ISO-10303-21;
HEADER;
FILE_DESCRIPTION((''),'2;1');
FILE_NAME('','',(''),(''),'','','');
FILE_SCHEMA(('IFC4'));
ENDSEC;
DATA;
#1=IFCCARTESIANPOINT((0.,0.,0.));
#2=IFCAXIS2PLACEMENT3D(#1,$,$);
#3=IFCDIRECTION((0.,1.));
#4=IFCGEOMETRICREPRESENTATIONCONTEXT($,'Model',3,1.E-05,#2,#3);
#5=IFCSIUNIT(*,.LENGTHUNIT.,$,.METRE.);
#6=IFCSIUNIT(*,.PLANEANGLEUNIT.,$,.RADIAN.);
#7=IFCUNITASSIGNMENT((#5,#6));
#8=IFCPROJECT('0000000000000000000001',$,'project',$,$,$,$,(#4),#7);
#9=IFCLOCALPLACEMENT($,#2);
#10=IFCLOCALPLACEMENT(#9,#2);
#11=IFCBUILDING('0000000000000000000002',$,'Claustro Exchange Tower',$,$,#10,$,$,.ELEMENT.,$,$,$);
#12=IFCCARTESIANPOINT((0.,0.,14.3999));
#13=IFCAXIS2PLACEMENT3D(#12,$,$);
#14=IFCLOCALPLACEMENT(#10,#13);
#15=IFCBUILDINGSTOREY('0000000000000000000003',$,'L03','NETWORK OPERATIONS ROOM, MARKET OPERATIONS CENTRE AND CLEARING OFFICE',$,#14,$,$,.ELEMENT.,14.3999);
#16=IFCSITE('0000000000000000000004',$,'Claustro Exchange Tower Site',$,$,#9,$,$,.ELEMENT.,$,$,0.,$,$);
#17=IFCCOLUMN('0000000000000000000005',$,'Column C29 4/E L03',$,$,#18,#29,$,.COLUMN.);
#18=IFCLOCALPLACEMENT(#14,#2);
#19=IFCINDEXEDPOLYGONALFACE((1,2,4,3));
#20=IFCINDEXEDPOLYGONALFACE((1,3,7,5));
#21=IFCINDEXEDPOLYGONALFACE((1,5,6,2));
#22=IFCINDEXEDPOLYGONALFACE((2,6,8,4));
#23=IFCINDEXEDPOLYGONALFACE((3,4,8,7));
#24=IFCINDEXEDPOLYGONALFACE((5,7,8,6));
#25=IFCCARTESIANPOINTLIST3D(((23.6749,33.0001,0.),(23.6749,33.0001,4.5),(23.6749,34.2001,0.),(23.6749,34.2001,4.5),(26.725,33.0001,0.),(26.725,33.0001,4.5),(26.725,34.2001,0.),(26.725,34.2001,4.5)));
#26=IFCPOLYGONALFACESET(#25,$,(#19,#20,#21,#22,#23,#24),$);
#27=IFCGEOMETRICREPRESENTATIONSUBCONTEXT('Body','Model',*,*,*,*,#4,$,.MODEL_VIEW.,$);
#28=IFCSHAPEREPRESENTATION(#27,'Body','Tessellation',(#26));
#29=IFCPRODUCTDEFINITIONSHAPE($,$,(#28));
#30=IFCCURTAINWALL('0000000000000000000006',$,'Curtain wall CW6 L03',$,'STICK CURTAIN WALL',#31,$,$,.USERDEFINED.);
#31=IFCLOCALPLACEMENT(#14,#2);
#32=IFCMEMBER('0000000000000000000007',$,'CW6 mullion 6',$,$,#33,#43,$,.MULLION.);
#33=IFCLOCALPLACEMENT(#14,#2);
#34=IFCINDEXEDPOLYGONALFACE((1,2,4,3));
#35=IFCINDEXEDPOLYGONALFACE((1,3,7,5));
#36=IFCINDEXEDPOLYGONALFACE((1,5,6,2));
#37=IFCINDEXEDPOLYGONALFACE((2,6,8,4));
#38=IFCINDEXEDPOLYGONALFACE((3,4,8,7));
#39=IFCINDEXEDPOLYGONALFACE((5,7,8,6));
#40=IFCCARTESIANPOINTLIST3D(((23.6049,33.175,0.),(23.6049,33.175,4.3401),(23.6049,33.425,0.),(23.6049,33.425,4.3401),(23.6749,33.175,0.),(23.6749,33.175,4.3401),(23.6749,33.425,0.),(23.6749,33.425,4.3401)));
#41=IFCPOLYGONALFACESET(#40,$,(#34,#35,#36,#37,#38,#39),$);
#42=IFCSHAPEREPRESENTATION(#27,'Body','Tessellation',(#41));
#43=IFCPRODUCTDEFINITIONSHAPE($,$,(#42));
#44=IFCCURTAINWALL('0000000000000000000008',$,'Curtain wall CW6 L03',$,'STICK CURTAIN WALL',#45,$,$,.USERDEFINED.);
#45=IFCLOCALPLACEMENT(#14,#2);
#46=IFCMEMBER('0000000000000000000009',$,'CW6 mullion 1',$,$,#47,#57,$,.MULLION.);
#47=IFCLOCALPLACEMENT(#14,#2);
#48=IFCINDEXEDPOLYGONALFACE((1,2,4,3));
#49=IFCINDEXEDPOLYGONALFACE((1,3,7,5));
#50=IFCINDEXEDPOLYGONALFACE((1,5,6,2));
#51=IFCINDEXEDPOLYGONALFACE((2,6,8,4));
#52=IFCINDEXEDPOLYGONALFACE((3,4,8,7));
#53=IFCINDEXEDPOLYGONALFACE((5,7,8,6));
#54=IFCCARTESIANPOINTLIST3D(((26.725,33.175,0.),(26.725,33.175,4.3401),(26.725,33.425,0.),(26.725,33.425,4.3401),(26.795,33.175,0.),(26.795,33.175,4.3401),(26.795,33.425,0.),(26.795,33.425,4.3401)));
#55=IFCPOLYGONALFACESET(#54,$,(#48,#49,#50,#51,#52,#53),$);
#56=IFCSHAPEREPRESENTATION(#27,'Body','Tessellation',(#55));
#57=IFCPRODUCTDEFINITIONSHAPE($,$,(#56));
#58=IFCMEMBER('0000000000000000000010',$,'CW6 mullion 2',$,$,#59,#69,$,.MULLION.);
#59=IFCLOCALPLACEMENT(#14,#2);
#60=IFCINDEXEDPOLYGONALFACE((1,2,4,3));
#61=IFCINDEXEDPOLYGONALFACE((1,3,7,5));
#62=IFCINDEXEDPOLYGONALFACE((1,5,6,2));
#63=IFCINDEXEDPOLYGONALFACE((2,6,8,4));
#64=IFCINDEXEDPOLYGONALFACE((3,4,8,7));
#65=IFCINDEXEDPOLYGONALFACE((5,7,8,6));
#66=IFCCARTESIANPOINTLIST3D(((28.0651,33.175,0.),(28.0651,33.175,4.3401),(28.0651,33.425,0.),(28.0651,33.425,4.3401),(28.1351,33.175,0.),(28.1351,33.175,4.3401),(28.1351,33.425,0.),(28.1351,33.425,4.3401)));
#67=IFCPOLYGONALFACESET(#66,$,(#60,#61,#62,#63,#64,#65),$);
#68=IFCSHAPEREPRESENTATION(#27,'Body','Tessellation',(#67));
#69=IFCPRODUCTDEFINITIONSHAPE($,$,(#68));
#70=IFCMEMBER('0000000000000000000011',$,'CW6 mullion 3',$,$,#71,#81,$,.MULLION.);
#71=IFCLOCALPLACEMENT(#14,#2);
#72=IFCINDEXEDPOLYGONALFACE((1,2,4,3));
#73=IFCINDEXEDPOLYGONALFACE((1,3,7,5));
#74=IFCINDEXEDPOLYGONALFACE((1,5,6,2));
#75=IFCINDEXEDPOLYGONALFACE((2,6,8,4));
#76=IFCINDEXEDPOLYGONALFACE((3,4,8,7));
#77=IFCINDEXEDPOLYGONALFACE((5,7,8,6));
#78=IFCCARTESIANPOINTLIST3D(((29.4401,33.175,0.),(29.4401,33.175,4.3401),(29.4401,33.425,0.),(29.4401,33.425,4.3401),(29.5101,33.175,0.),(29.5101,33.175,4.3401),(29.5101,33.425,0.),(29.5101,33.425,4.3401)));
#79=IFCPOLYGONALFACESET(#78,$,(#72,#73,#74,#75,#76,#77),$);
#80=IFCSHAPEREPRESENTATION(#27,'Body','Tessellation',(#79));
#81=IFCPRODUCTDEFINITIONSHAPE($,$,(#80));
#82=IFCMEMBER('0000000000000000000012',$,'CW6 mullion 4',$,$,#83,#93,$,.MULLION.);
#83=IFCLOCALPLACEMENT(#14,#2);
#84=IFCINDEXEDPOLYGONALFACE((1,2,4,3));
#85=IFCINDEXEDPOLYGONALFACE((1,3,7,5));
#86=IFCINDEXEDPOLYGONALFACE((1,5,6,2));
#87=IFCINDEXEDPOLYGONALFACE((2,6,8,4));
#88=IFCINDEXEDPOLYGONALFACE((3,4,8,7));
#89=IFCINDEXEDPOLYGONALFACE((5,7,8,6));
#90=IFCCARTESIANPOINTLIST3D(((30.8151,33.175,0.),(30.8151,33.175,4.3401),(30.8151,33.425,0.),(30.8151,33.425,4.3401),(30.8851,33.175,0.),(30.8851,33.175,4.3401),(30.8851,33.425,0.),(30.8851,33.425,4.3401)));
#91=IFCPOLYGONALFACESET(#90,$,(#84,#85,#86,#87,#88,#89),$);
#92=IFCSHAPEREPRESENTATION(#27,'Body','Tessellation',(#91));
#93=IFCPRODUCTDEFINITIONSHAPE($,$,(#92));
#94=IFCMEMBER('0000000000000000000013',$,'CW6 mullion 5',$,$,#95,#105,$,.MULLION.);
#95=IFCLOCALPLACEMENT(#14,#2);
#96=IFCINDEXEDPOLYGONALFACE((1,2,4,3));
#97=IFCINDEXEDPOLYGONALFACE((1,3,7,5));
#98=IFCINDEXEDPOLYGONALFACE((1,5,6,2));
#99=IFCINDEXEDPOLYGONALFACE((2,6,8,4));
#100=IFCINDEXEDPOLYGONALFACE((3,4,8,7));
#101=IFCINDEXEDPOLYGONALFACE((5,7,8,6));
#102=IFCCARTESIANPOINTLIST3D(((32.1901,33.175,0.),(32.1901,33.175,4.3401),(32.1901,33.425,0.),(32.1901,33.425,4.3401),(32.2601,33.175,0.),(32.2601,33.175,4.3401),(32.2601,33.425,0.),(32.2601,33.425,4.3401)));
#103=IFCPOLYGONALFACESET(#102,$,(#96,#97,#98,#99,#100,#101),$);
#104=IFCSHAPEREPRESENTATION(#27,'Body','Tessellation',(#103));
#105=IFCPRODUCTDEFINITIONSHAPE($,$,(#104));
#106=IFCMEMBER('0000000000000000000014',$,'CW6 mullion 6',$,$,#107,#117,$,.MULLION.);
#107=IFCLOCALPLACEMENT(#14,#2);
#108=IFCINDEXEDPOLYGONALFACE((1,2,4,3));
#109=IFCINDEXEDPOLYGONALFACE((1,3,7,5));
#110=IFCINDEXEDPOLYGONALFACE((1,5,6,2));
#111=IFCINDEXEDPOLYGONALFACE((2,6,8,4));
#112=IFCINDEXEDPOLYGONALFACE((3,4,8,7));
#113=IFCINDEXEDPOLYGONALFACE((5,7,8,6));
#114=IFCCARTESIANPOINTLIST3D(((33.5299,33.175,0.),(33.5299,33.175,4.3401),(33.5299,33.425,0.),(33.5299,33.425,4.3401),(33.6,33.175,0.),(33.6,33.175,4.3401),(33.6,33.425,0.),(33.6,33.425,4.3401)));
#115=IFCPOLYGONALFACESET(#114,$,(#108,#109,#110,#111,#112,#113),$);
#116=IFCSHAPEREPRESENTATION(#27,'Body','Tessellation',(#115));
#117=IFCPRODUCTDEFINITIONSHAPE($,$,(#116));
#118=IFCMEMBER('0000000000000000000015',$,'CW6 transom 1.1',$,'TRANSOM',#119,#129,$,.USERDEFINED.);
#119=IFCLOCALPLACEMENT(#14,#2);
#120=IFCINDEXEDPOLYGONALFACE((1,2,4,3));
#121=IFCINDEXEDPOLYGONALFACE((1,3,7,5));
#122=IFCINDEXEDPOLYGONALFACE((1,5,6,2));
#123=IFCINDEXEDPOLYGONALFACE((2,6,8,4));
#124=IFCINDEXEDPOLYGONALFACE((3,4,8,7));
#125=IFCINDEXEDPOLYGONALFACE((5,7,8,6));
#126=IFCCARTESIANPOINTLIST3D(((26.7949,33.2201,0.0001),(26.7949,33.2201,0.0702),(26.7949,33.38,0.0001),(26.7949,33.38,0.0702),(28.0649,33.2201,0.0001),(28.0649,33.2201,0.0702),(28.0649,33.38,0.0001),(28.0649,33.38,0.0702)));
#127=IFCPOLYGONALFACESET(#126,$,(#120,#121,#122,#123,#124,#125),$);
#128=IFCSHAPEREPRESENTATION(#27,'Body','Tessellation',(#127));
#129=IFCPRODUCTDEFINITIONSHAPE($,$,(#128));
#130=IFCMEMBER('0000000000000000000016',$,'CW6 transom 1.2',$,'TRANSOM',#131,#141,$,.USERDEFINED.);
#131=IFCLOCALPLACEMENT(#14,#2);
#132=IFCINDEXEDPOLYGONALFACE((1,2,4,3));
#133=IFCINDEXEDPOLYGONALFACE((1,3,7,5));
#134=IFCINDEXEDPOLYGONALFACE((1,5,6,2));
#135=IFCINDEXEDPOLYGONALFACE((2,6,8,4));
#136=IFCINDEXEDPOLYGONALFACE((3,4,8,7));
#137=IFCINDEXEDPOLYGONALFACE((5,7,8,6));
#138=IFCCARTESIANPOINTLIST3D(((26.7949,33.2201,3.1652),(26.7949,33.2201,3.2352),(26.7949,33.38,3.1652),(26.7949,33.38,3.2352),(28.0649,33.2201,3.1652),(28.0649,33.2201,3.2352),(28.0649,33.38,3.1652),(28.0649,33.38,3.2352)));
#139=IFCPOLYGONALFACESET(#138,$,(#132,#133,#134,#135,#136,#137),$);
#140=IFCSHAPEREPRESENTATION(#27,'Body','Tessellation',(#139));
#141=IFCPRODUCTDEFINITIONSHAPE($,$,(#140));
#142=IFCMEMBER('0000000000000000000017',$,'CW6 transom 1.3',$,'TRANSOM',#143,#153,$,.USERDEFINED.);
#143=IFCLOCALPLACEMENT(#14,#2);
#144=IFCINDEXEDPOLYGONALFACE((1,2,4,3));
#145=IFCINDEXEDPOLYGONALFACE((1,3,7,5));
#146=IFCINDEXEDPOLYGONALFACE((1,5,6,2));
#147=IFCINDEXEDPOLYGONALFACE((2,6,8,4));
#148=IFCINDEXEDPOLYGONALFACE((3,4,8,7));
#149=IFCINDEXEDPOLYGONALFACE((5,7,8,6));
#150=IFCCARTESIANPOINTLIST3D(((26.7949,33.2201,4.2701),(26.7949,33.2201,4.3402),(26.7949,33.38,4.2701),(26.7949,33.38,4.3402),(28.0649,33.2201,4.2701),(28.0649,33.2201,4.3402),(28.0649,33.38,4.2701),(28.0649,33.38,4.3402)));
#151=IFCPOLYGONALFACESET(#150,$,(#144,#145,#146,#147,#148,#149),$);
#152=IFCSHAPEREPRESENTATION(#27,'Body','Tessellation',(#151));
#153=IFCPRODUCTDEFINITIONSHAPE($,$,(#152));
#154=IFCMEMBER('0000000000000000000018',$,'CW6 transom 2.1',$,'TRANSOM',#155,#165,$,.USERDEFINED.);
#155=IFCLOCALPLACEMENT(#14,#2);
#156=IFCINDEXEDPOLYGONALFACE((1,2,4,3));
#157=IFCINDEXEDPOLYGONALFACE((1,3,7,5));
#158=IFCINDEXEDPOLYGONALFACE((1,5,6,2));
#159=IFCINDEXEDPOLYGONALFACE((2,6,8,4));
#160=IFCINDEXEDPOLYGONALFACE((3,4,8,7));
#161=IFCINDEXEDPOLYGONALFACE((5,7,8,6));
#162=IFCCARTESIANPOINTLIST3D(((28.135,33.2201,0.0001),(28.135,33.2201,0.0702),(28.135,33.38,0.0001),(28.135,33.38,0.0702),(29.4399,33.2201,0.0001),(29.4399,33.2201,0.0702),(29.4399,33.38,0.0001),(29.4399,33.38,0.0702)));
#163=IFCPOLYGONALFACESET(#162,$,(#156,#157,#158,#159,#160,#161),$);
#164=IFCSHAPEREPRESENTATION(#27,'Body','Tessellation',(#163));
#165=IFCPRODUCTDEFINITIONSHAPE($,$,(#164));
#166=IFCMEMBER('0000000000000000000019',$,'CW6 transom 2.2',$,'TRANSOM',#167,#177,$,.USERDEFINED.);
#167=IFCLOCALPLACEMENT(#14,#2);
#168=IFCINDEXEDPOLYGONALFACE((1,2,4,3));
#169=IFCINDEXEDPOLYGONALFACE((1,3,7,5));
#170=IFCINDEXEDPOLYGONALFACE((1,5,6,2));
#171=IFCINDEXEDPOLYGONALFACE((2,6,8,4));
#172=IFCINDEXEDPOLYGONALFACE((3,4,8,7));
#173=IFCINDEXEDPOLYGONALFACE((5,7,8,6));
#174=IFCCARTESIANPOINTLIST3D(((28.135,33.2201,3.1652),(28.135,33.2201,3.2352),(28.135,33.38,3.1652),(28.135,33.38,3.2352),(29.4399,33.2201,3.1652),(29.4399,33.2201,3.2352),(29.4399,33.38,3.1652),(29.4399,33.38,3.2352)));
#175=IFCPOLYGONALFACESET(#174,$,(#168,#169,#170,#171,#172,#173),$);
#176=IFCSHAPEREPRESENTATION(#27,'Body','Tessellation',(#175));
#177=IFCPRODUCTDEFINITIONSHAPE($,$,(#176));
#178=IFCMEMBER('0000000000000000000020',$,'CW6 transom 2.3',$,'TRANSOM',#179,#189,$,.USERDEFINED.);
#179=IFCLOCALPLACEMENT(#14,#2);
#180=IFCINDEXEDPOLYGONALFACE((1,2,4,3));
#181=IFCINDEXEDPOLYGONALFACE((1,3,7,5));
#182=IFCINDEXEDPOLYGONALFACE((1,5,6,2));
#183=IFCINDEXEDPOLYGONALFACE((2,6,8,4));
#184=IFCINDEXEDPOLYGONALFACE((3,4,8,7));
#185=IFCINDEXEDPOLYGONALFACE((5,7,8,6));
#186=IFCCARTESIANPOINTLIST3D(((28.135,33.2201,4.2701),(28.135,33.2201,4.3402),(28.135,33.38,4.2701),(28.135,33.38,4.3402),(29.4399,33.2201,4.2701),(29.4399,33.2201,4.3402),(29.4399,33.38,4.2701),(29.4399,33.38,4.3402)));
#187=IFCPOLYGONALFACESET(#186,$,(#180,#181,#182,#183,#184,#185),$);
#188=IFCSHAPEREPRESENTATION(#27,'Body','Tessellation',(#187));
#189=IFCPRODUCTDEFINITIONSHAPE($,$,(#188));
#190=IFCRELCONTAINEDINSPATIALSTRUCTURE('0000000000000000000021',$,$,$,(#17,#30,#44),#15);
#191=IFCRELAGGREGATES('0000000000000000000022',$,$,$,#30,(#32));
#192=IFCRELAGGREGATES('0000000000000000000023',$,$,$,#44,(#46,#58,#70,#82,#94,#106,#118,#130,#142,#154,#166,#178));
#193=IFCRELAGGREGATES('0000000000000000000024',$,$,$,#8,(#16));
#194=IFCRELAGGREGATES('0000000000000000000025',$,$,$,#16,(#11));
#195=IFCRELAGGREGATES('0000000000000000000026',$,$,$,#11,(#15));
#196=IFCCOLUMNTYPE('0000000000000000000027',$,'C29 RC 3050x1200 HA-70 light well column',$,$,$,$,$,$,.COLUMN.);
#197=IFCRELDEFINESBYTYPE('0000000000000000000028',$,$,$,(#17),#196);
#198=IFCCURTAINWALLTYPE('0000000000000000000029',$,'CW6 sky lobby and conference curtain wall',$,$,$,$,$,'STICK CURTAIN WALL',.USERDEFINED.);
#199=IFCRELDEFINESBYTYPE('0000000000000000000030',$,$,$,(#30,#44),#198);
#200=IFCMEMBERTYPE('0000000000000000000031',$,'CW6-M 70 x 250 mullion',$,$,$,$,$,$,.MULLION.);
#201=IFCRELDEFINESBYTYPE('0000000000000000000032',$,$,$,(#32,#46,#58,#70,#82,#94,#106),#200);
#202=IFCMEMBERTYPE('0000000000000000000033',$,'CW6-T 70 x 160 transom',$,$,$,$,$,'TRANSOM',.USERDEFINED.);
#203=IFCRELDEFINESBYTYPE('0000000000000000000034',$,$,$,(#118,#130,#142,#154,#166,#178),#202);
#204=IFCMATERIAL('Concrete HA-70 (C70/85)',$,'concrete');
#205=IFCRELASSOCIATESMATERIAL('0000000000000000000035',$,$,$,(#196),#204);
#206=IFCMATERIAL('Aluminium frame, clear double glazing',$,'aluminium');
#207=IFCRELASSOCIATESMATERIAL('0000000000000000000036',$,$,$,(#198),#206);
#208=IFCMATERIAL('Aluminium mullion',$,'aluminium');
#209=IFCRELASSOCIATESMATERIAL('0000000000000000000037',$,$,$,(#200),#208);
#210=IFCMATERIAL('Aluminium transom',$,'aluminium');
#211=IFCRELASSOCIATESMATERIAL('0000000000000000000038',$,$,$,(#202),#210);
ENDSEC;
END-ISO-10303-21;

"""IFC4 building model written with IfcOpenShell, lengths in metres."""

from ifc_helpers import new_model, si_unit, direction, frame, origin, origin_2d, place, context, subcontext, project, spatial, rectangle, extrude, material, material_profile, profile_set, type_object, element, aggregate, save


model = new_model("IFC4")

# Units and contexts
model_context = context("Model", 3, precision=1e-05, world=origin(), true_north=direction((0.0, 1.0)))
body_context = subcontext(model_context, "Body", "Model", "MODEL_VIEW")
ifc_project = project(units=[si_unit("LENGTHUNIT", "METRE"), si_unit("PLANEANGLEUNIT", "RADIAN")], contexts=[model_context])

# Site, building, storey
site_placement = place(None, origin())
site = spatial("IfcSite", under=ifc_project, at=site_placement, Name="Claustro Exchange Tower Site", CompositionType="ELEMENT", RefElevation=0.0)
building_placement = place(site_placement, origin())
building = spatial("IfcBuilding", under=site, at=building_placement, Name="Claustro Exchange Tower", CompositionType="ELEMENT")
storey_placement = place(building_placement, frame((0.0, 0.0, 14.3999)))
storey = spatial("IfcBuildingStorey", under=building, at=storey_placement, Name="L03", Description="NETWORK OPERATIONS ROOM, MARKET OPERATIONS CENTRE AND CLEARING OFFICE", CompositionType="ELEMENT", Elevation=14.3999)

# Column
ifc_material_1 = material(Name="Concrete HA-70 (C70/85)", Category="concrete")
ifc_material_profile_1 = material_profile(ifc_material_1, rectangle(XDim=3.05, YDim=1.2, at=origin_2d()), Name="RC 3050x1200")
ifc_profile_set_1 = profile_set([ifc_material_profile_1], Name="Concrete HA-70 (C70/85)")
column_type = type_object("IfcColumnType", Name="C29 RC 3050x1200 HA-70 light well column", PredefinedType="COLUMN", material=ifc_profile_set_1)
column_placement = place(storey_placement, frame((25.2, 33.6001, 0.0), z_axis=(0.0, 0.0, 1.0), x_axis=(1.0, 0.0, 0.0)))
element("IfcColumn", 1, at=column_placement, inside=storey, type_object=column_type, Name="Column C29 4/E L03", PredefinedType="COLUMN", context=body_context, shape_type="SweptSolid", body=[
    extrude(rectangle(XDim=3.05, YDim=1.2, at=origin_2d()), origin(), (0.0, 0.0, 1.0), 4.5),
])

# Curtain wall, member
ifc_material_2 = material(Name="Aluminium frame, clear double glazing", Category="aluminium")
curtain_wall_type = type_object("IfcCurtainWallType", Name="CW6 sky lobby and conference curtain wall", ElementType="STICK CURTAIN WALL", PredefinedType="USERDEFINED", material=ifc_material_2)
curtain_wall_1_placement = place(storey_placement, origin())
curtain_wall_1 = element("IfcCurtainWall", 2, at=curtain_wall_1_placement, inside=storey, type_object=curtain_wall_type, Name="Curtain wall CW6 L03", ObjectType="STICK CURTAIN WALL", PredefinedType="USERDEFINED")
ifc_material_3 = material(Name="Aluminium mullion", Category="aluminium")
ifc_material_profile_2 = material_profile(ifc_material_3, rectangle(XDim=0.25, YDim=0.0701, at=origin_2d()), Name="CW6-M 70x250")
ifc_profile_set_2 = profile_set([ifc_material_profile_2], Name="Aluminium mullion")
member_type_1 = type_object("IfcMemberType", Name="CW6-M 70 x 250 mullion", PredefinedType="MULLION", material=ifc_profile_set_2)
member_1_placement = place(storey_placement, frame((23.6399, 33.3, 0.0), z_axis=(0.0, 0.0, 1.0), x_axis=(0.0, 1.0, 0.0)))
member_1 = element("IfcMember", 3, at=member_1_placement, type_object=member_type_1, Name="CW6 mullion 6", PredefinedType="MULLION", context=body_context, shape_type="SweptSolid", body=[
    extrude(rectangle(XDim=0.25, YDim=0.0701, at=origin_2d()), origin(), (0.0, 0.0, 1.0), 4.3401),
])

# Curtain wall, members
curtain_wall_2_placement = place(storey_placement, origin())
curtain_wall_2 = element("IfcCurtainWall", 4, at=curtain_wall_2_placement, inside=storey, type_object=curtain_wall_type, Name="Curtain wall CW6 L03", ObjectType="STICK CURTAIN WALL", PredefinedType="USERDEFINED")
member_2_placement = place(storey_placement, frame((26.76, 33.3, 0.0), z_axis=(0.0, 0.0, 1.0), x_axis=(0.0, 1.0, 0.0)))
member_2 = element("IfcMember", 5, at=member_2_placement, type_object=member_type_1, Name="CW6 mullion 1", PredefinedType="MULLION", context=body_context, shape_type="SweptSolid", body=[
    extrude(rectangle(XDim=0.25, YDim=0.0701, at=origin_2d()), origin(), (0.0, 0.0, 1.0), 4.3401),
])
member_3_placement = place(storey_placement, frame((28.1001, 33.3, 0.0), z_axis=(0.0, 0.0, 1.0), x_axis=(0.0, 1.0, 0.0)))
member_3 = element("IfcMember", 6, at=member_3_placement, type_object=member_type_1, Name="CW6 mullion 2", PredefinedType="MULLION", context=body_context, shape_type="SweptSolid", body=[
    extrude(rectangle(XDim=0.25, YDim=0.0701, at=origin_2d()), origin(), (0.0, 0.0, 1.0), 4.3401),
])
member_4_placement = place(storey_placement, frame((29.4751, 33.3, 0.0), z_axis=(0.0, 0.0, 1.0), x_axis=(0.0, 1.0, 0.0)))
member_4 = element("IfcMember", 7, at=member_4_placement, type_object=member_type_1, Name="CW6 mullion 3", PredefinedType="MULLION", context=body_context, shape_type="SweptSolid", body=[
    extrude(rectangle(XDim=0.25, YDim=0.0701, at=origin_2d()), origin(), (0.0, 0.0, 1.0), 4.3401),
])
member_5_placement = place(storey_placement, frame((30.8501, 33.3, 0.0), z_axis=(0.0, 0.0, 1.0), x_axis=(0.0, 1.0, 0.0)))
member_5 = element("IfcMember", 8, at=member_5_placement, type_object=member_type_1, Name="CW6 mullion 4", PredefinedType="MULLION", context=body_context, shape_type="SweptSolid", body=[
    extrude(rectangle(XDim=0.25, YDim=0.0701, at=origin_2d()), origin(), (0.0, 0.0, 1.0), 4.3401),
])
member_6_placement = place(storey_placement, frame((32.2251, 33.3, 0.0), z_axis=(0.0, 0.0, 1.0), x_axis=(0.0, 1.0, 0.0)))
member_6 = element("IfcMember", 9, at=member_6_placement, type_object=member_type_1, Name="CW6 mullion 5", PredefinedType="MULLION", context=body_context, shape_type="SweptSolid", body=[
    extrude(rectangle(XDim=0.25, YDim=0.0701, at=origin_2d()), origin(), (0.0, 0.0, 1.0), 4.3401),
])
member_7_placement = place(storey_placement, frame((33.5649, 33.3, 0.0), z_axis=(0.0, 0.0, 1.0), x_axis=(0.0, 1.0, 0.0)))
member_7 = element("IfcMember", 10, at=member_7_placement, type_object=member_type_1, Name="CW6 mullion 6", PredefinedType="MULLION", context=body_context, shape_type="SweptSolid", body=[
    extrude(rectangle(XDim=0.25, YDim=0.0701, at=origin_2d()), origin(), (0.0, 0.0, 1.0), 4.3401),
])
ifc_material_4 = material(Name="Aluminium transom", Category="aluminium")
ifc_material_profile_3 = material_profile(ifc_material_4, rectangle(XDim=0.1599, YDim=0.0701, at=origin_2d()), Name="CW6-T 70x160")
ifc_profile_set_3 = profile_set([ifc_material_profile_3], Name="Aluminium transom")
member_type_2 = type_object("IfcMemberType", Name="CW6-T 70 x 160 transom", ElementType="TRANSOM", PredefinedType="USERDEFINED", material=ifc_profile_set_3)
member_8_placement = place(storey_placement, frame((26.7949, 33.3, 0.0352), z_axis=(1.0, 0.0, 0.0), x_axis=(0.0, 1.0, 0.0)))
member_8 = element("IfcMember", 11, at=member_8_placement, type_object=member_type_2, Name="CW6 transom 1.1", ObjectType="TRANSOM", PredefinedType="USERDEFINED", context=body_context, shape_type="SweptSolid", body=[
    extrude(rectangle(XDim=0.1599, YDim=0.0701, at=origin_2d()), origin(), (0.0, 0.0, 1.0), 1.27),
])
member_9_placement = place(storey_placement, frame((26.7949, 33.3, 3.2002), z_axis=(1.0, 0.0, 0.0), x_axis=(0.0, 1.0, 0.0)))
member_9 = element("IfcMember", 12, at=member_9_placement, type_object=member_type_2, Name="CW6 transom 1.2", ObjectType="TRANSOM", PredefinedType="USERDEFINED", context=body_context, shape_type="SweptSolid", body=[
    extrude(rectangle(XDim=0.1599, YDim=0.0701, at=origin_2d()), origin(), (0.0, 0.0, 1.0), 1.27),
])
member_10_placement = place(storey_placement, frame((26.7949, 33.3, 4.3052), z_axis=(1.0, 0.0, 0.0), x_axis=(0.0, 1.0, 0.0)))
member_10 = element("IfcMember", 13, at=member_10_placement, type_object=member_type_2, Name="CW6 transom 1.3", ObjectType="TRANSOM", PredefinedType="USERDEFINED", context=body_context, shape_type="SweptSolid", body=[
    extrude(rectangle(XDim=0.1599, YDim=0.0701, at=origin_2d()), origin(), (0.0, 0.0, 1.0), 1.27),
])
member_11_placement = place(storey_placement, frame((28.135, 33.3, 0.0352), z_axis=(1.0, 0.0, 0.0), x_axis=(0.0, 1.0, 0.0)))
member_11 = element("IfcMember", 14, at=member_11_placement, type_object=member_type_2, Name="CW6 transom 2.1", ObjectType="TRANSOM", PredefinedType="USERDEFINED", context=body_context, shape_type="SweptSolid", body=[
    extrude(rectangle(XDim=0.1599, YDim=0.0701, at=origin_2d()), origin(), (0.0, 0.0, 1.0), 1.3049),
])
member_12_placement = place(storey_placement, frame((28.135, 33.3, 3.2002), z_axis=(1.0, 0.0, 0.0), x_axis=(0.0, 1.0, 0.0)))
member_12 = element("IfcMember", 15, at=member_12_placement, type_object=member_type_2, Name="CW6 transom 2.2", ObjectType="TRANSOM", PredefinedType="USERDEFINED", context=body_context, shape_type="SweptSolid", body=[
    extrude(rectangle(XDim=0.1599, YDim=0.0701, at=origin_2d()), origin(), (0.0, 0.0, 1.0), 1.3049),
])
member_13_placement = place(storey_placement, frame((28.135, 33.3, 4.3052), z_axis=(1.0, 0.0, 0.0), x_axis=(0.0, 1.0, 0.0)))
member_13 = element("IfcMember", 16, at=member_13_placement, type_object=member_type_2, Name="CW6 transom 2.3", ObjectType="TRANSOM", PredefinedType="USERDEFINED", context=body_context, shape_type="SweptSolid", body=[
    extrude(rectangle(XDim=0.1599, YDim=0.0701, at=origin_2d()), origin(), (0.0, 0.0, 1.0), 1.3049),
])

aggregate(curtain_wall_1, [member_1])
aggregate(curtain_wall_2, [member_2, member_3, member_4, member_5, member_6, member_7, member_8, member_9, member_10, member_11, member_12, member_13])

save(model, "model.ifc")
